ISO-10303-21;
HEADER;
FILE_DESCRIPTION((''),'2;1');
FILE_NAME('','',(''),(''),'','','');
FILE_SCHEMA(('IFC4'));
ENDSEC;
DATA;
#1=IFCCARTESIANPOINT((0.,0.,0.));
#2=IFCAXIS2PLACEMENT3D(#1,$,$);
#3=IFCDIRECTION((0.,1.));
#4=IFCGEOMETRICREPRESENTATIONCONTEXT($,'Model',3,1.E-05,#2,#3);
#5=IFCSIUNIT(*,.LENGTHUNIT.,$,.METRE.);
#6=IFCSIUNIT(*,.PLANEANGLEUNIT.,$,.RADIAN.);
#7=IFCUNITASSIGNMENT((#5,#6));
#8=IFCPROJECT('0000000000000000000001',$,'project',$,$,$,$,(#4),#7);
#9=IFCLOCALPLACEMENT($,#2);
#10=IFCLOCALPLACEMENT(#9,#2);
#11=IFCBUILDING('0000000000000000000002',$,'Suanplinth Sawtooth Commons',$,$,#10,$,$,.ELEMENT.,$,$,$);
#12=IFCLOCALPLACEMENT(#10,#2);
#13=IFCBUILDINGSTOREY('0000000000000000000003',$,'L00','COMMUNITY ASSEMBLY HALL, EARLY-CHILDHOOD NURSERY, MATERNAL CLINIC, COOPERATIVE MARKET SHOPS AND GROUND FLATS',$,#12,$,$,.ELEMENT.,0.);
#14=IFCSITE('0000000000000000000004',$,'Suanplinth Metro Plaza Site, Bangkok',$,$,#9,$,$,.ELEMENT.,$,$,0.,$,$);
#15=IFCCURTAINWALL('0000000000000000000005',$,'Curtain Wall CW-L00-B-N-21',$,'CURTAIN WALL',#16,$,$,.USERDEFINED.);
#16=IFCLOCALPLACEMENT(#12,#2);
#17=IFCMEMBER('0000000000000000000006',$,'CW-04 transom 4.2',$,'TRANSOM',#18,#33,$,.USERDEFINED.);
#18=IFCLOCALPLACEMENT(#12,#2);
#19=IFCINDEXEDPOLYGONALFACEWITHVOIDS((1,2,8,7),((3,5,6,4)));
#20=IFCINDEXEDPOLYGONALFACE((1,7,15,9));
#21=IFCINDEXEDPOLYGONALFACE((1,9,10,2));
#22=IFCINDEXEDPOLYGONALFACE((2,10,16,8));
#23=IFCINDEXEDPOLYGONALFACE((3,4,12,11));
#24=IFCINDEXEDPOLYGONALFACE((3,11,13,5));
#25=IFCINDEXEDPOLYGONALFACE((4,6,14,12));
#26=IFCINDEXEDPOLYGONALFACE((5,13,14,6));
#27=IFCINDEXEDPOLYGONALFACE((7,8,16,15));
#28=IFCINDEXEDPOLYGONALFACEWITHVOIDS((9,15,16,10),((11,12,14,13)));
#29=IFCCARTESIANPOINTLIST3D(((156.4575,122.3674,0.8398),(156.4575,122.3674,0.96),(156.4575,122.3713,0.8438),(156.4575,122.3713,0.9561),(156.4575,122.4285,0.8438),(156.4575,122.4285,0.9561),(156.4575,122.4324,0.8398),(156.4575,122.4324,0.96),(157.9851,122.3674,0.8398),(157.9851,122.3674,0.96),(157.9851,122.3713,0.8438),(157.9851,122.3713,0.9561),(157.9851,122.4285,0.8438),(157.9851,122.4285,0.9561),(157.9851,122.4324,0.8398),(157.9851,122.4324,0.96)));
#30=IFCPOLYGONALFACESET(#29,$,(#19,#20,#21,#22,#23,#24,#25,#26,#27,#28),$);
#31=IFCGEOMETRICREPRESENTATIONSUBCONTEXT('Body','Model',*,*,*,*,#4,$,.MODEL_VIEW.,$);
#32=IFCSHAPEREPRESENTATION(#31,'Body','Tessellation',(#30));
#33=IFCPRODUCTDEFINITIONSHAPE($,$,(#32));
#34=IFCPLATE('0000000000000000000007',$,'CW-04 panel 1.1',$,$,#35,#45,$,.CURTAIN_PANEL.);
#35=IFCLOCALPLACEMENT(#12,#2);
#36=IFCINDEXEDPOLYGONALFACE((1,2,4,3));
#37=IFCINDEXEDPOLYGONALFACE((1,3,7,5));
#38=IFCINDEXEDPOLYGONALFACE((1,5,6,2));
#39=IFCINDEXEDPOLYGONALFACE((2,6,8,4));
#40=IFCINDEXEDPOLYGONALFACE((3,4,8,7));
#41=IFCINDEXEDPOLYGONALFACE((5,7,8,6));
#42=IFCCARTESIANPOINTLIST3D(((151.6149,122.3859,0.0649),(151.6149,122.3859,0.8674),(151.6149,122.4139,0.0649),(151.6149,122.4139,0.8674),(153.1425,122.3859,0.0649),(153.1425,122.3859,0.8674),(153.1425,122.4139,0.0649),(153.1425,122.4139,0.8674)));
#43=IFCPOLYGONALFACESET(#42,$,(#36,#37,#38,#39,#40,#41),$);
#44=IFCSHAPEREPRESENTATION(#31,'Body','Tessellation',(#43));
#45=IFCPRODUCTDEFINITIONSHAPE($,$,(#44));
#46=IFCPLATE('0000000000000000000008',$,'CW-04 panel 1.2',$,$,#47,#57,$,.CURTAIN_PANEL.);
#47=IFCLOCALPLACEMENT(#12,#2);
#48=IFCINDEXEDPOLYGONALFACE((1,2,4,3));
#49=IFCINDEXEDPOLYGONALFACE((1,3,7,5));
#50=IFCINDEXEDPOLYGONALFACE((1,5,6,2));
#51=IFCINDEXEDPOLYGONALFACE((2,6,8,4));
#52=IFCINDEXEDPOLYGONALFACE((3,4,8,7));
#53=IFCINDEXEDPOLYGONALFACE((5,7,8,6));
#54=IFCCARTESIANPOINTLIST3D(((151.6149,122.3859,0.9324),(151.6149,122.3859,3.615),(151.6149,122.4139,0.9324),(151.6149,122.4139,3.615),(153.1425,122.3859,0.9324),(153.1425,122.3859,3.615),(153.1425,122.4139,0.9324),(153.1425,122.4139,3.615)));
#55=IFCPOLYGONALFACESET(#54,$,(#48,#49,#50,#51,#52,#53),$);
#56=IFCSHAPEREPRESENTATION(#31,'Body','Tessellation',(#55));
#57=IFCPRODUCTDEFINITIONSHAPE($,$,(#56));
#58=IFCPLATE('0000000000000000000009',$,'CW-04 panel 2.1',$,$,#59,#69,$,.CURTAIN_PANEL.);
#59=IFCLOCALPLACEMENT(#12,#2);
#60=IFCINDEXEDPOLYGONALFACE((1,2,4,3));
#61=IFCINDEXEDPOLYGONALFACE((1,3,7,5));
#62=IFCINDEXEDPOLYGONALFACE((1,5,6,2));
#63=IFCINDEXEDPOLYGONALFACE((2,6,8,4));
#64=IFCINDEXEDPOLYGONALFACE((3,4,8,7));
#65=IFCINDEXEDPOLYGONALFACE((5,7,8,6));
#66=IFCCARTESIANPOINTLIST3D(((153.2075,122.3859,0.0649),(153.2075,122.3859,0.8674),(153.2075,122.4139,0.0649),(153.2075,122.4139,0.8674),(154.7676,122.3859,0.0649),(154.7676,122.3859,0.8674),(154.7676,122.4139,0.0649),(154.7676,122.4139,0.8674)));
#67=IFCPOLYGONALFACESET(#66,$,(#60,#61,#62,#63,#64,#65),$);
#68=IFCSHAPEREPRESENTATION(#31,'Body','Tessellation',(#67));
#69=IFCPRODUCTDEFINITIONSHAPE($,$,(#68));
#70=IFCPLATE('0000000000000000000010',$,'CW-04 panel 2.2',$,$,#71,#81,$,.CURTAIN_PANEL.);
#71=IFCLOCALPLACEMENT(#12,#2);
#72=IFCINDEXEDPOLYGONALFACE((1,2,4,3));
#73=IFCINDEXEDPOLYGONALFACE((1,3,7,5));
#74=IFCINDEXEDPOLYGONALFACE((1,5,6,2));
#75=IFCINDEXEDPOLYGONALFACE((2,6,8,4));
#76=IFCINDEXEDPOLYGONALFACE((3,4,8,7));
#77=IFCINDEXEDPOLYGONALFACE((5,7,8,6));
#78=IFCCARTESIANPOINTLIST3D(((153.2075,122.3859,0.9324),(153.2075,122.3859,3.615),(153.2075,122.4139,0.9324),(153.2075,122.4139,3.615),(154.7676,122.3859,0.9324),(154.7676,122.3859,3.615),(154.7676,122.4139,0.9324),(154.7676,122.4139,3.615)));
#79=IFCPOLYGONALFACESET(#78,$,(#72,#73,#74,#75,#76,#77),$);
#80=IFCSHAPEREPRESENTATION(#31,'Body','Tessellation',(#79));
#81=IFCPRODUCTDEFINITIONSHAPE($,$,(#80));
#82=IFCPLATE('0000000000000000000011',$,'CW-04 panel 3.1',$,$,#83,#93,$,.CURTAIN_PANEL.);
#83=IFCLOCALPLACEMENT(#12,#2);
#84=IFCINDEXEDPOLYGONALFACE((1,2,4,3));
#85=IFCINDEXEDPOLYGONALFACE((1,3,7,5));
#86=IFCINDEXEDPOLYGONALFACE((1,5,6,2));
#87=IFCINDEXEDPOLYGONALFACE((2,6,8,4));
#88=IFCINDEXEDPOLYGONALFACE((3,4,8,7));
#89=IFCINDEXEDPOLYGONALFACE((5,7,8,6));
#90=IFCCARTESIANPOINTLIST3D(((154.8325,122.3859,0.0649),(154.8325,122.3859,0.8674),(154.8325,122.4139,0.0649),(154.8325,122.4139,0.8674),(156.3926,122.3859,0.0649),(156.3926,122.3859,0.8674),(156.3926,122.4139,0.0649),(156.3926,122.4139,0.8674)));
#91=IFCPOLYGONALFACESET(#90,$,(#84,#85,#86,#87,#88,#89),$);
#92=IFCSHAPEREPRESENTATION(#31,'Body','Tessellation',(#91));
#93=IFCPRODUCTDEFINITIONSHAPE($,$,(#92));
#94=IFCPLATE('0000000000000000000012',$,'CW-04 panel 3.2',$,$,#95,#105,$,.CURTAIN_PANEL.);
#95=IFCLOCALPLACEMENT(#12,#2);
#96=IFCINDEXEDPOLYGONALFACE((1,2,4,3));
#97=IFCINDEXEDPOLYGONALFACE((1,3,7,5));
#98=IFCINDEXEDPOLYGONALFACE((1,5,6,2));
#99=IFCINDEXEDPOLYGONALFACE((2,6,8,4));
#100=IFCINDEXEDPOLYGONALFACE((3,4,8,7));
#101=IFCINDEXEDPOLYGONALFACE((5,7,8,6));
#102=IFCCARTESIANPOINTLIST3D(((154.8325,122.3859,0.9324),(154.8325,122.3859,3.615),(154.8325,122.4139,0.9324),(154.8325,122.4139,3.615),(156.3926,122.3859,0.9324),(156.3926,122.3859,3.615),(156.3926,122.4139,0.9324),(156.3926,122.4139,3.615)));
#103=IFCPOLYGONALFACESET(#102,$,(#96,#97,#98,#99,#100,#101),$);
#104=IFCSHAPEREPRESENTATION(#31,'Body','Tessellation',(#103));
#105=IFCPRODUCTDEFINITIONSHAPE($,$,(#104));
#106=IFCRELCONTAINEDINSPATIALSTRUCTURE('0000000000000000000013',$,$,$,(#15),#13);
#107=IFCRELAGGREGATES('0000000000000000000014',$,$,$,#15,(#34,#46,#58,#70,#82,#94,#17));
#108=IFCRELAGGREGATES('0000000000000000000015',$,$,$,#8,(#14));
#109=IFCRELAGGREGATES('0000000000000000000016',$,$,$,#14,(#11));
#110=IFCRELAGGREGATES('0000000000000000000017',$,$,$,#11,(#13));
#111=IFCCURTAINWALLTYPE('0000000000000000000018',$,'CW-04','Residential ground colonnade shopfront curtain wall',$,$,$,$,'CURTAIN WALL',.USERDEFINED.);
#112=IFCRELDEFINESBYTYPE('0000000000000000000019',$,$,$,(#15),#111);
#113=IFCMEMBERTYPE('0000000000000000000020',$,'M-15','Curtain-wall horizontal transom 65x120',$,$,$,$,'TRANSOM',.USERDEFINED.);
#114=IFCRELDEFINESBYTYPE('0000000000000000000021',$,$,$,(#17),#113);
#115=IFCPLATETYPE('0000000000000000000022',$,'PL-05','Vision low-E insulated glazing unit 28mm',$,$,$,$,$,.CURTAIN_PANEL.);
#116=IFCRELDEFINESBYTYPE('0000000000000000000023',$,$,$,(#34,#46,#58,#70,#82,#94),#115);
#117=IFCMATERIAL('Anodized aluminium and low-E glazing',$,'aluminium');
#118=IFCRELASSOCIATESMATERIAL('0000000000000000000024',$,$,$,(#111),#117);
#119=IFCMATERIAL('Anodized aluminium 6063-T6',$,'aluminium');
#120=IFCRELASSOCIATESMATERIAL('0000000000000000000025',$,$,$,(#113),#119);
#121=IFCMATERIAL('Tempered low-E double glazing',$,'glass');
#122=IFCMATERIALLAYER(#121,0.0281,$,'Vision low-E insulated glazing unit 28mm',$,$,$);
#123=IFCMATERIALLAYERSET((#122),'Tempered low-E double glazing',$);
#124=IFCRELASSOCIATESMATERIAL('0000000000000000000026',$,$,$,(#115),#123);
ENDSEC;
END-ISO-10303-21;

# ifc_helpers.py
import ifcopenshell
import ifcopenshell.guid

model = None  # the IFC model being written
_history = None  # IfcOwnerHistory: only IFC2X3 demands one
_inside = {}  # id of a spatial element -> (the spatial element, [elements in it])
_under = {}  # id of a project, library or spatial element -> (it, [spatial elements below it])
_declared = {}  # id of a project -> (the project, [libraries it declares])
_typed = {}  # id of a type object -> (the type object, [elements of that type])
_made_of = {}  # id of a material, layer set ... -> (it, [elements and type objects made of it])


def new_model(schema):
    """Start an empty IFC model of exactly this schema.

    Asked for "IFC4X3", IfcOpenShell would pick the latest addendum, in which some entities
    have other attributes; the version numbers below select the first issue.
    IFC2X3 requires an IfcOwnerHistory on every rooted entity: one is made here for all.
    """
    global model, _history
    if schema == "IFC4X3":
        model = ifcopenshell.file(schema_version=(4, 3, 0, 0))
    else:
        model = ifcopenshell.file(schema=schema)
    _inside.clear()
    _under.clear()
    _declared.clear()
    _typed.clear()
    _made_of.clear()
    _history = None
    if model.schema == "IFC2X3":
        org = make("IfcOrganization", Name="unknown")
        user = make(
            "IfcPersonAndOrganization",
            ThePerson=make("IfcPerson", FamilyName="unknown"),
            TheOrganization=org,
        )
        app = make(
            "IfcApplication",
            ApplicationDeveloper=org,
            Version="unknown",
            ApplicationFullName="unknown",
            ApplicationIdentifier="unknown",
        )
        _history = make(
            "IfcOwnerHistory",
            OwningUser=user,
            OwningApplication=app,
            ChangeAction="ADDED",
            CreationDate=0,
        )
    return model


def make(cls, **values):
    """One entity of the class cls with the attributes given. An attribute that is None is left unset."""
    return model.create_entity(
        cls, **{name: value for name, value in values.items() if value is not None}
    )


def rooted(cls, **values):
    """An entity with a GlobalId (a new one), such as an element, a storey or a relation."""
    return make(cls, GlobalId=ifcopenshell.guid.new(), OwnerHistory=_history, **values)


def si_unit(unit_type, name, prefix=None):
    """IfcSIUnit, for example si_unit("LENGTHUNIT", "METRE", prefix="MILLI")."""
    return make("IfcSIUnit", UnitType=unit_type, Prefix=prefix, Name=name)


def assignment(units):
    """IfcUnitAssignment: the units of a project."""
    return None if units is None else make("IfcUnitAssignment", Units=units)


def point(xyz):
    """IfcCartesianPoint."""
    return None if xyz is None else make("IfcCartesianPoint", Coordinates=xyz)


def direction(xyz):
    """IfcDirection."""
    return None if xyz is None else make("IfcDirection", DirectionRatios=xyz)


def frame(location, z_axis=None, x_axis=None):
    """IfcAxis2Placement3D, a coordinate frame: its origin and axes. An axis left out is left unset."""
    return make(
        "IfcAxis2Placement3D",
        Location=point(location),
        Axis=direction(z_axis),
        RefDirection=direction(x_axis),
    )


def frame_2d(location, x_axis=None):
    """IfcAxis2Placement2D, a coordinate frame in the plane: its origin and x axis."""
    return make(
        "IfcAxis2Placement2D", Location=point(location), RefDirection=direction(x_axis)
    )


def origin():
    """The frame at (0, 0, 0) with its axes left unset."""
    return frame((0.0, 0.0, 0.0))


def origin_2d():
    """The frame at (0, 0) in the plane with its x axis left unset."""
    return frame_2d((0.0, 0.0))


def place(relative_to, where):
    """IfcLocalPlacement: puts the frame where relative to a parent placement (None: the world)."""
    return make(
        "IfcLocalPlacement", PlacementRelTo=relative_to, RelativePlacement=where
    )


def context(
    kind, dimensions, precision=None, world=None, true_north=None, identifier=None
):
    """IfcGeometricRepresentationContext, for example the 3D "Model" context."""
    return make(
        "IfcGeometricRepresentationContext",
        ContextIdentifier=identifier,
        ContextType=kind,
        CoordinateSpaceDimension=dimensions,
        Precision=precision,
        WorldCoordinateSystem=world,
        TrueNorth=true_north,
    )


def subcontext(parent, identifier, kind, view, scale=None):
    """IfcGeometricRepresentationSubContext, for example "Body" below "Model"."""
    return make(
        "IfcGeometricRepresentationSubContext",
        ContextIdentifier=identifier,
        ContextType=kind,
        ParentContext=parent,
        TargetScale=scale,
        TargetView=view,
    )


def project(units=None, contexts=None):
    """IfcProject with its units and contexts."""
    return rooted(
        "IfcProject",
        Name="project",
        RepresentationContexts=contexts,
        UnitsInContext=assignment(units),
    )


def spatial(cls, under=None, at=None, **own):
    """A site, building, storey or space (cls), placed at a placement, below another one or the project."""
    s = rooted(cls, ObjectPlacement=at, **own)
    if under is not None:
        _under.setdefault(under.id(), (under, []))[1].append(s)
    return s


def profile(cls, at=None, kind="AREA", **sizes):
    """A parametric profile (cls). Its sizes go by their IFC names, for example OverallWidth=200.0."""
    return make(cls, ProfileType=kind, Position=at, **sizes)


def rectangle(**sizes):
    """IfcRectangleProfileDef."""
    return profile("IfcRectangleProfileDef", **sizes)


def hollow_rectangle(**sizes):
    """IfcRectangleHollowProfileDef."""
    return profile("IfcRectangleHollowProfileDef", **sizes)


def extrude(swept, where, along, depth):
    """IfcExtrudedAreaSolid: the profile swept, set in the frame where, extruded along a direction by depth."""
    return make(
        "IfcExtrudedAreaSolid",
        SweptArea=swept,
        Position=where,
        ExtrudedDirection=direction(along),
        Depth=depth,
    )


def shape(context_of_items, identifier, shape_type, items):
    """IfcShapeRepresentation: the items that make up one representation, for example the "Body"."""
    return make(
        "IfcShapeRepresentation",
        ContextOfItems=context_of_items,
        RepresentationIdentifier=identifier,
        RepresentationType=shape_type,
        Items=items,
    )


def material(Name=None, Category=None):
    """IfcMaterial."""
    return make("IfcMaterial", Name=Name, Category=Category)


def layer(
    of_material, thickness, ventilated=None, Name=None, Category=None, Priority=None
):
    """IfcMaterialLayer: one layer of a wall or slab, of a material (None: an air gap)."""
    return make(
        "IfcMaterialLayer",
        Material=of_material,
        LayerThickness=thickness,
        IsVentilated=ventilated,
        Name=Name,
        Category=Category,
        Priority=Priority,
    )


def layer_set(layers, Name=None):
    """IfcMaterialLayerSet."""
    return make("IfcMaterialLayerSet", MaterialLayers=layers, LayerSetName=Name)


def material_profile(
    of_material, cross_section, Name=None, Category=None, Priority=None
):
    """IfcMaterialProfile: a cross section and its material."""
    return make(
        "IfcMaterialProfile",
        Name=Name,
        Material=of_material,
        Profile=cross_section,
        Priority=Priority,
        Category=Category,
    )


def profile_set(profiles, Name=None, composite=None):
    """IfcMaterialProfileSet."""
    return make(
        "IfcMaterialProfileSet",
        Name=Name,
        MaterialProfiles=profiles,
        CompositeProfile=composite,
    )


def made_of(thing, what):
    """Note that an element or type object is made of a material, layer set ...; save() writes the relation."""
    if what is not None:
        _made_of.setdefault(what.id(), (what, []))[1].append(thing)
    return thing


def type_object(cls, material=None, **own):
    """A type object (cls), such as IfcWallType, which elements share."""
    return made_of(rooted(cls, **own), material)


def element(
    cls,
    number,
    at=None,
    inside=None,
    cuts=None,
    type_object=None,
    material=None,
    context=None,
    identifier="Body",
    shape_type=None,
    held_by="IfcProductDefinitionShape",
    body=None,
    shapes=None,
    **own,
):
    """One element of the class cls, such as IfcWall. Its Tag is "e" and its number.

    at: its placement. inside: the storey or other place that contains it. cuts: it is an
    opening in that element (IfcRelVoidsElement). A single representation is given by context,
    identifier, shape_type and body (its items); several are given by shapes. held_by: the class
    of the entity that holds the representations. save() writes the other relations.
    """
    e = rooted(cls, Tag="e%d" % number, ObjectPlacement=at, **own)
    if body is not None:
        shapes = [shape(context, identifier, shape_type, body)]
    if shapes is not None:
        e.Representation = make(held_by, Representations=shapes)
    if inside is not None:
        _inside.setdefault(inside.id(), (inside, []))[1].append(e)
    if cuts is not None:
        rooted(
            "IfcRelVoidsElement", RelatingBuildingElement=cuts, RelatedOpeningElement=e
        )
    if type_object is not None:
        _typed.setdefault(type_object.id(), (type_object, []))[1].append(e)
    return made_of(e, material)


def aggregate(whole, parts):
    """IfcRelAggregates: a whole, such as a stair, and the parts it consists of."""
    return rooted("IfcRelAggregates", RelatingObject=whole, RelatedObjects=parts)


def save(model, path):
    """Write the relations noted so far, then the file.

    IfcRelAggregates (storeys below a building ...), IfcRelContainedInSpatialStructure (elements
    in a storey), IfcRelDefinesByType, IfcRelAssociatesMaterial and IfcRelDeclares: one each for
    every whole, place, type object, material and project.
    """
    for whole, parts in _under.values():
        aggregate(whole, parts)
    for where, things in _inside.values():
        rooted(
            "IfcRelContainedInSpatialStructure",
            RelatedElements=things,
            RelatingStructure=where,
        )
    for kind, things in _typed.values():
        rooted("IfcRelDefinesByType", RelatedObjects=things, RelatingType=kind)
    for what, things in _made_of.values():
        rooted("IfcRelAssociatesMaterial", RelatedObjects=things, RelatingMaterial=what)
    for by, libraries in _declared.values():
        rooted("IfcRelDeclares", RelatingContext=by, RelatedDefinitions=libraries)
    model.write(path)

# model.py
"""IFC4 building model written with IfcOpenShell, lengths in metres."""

from ifc_helpers import new_model, si_unit, direction, frame, origin, origin_2d, place, context, subcontext, project, spatial, rectangle, hollow_rectangle, extrude, material, layer, layer_set, material_profile, profile_set, type_object, element, aggregate, save


model = new_model("IFC4")

# Units and contexts
model_context = context("Model", 3, precision=1e-05, world=origin(), true_north=direction((0.0, 1.0)))
body_context = subcontext(model_context, "Body", "Model", "MODEL_VIEW")
ifc_project = project(units=[si_unit("LENGTHUNIT", "METRE"), si_unit("PLANEANGLEUNIT", "RADIAN")], contexts=[model_context])

# Site, building, storey
site_placement = place(None, origin())
site = spatial("IfcSite", under=ifc_project, at=site_placement, Name="Suanplinth Metro Plaza Site, Bangkok", CompositionType="ELEMENT", RefElevation=0.0)
building_placement = place(site_placement, origin())
building = spatial("IfcBuilding", under=site, at=building_placement, Name="Suanplinth Sawtooth Commons", CompositionType="ELEMENT")
storey_placement = place(building_placement, origin())
storey = spatial("IfcBuildingStorey", under=building, at=storey_placement, Name="L00", Description="COMMUNITY ASSEMBLY HALL, EARLY-CHILDHOOD NURSERY, MATERNAL CLINIC, COOPERATIVE MARKET SHOPS AND GROUND FLATS", CompositionType="ELEMENT", Elevation=0.0)

# Curtain wall, member, plates
ifc_material_1 = material(Name="Anodized aluminium and low-E glazing", Category="aluminium")
curtain_wall_type = type_object("IfcCurtainWallType", Name="CW-04", Description="Residential ground colonnade shopfront curtain wall", ElementType="CURTAIN WALL", PredefinedType="USERDEFINED", material=ifc_material_1)
curtain_wall_placement = place(storey_placement, origin())
curtain_wall = element("IfcCurtainWall", 1, at=curtain_wall_placement, inside=storey, type_object=curtain_wall_type, Name="Curtain Wall CW-L00-B-N-21", ObjectType="CURTAIN WALL", PredefinedType="USERDEFINED")
ifc_material_2 = material(Name="Anodized aluminium 6063-T6", Category="aluminium")
ifc_material_profile_1 = material_profile(ifc_material_2, hollow_rectangle(XDim=0.0649, YDim=0.1201, WallThickness=0.0039, at=origin_2d()), Name="ALU-TRN 65x120")
ifc_profile_set_1 = profile_set([ifc_material_profile_1], Name="Anodized aluminium 6063-T6")
member_type_1 = type_object("IfcMemberType", Name="M-15", Description="Curtain-wall horizontal transom 65x120", ElementType="TRANSOM", PredefinedType="USERDEFINED", material=ifc_profile_set_1)
member_1_placement = place(storey_placement, frame((156.4575, 122.3999, 0.8999), z_axis=(1.0, 0.0, 0.0), x_axis=(0.0, 1.0, 0.0)))
member_1 = element("IfcMember", 2, at=member_1_placement, type_object=member_type_1, Name="CW-04 transom 4.2", ObjectType="TRANSOM", PredefinedType="USERDEFINED", context=body_context, shape_type="SweptSolid", body=[
    extrude(hollow_rectangle(XDim=0.0649, YDim=0.1201, WallThickness=0.0039, at=origin_2d()), origin(), (0.0, 0.0, 1.0), 1.5276),
])
ifc_material_3 = material(Name="Tempered low-E double glazing", Category="glass")
ifc_layer = layer(ifc_material_3, 0.0281, Name="Vision low-E insulated glazing unit 28mm")
ifc_layer_set = layer_set([ifc_layer], Name="Tempered low-E double glazing")
plate_type = type_object("IfcPlateType", Name="PL-05", Description="Vision low-E insulated glazing unit 28mm", PredefinedType="CURTAIN_PANEL", material=ifc_layer_set)
plate_1_placement = place(storey_placement, frame((152.3787, 122.3999, 0.0649), z_axis=(0.0, 0.0, 1.0), x_axis=(1.0, 0.0, 0.0)))
plate_1 = element("IfcPlate", 3, at=plate_1_placement, type_object=plate_type, Name="CW-04 panel 1.1", PredefinedType="CURTAIN_PANEL", context=body_context, shape_type="SweptSolid", body=[
    extrude(rectangle(XDim=1.5276, YDim=0.0281, at=origin_2d()), origin(), (0.0, 0.0, 1.0), 0.8025),
])
plate_2_placement = place(storey_placement, frame((152.3787, 122.3999, 0.9324), z_axis=(0.0, 0.0, 1.0), x_axis=(1.0, 0.0, 0.0)))
plate_2 = element("IfcPlate", 4, at=plate_2_placement, type_object=plate_type, Name="CW-04 panel 1.2", PredefinedType="CURTAIN_PANEL", context=body_context, shape_type="SweptSolid", body=[
    extrude(rectangle(XDim=1.5276, YDim=0.0281, at=origin_2d()), origin(), (0.0, 0.0, 1.0), 2.6826),
])
plate_3_placement = place(storey_placement, frame((153.9875, 122.3999, 0.0649), z_axis=(0.0, 0.0, 1.0), x_axis=(1.0, 0.0, 0.0)))
plate_3 = element("IfcPlate", 5, at=plate_3_placement, type_object=plate_type, Name="CW-04 panel 2.1", PredefinedType="CURTAIN_PANEL", context=body_context, shape_type="SweptSolid", body=[
    extrude(rectangle(XDim=1.5601, YDim=0.0281, at=origin_2d()), origin(), (0.0, 0.0, 1.0), 0.8025),
])
plate_4_placement = place(storey_placement, frame((153.9875, 122.3999, 0.9324), z_axis=(0.0, 0.0, 1.0), x_axis=(1.0, 0.0, 0.0)))
plate_4 = element("IfcPlate", 6, at=plate_4_placement, type_object=plate_type, Name="CW-04 panel 2.2", PredefinedType="CURTAIN_PANEL", context=body_context, shape_type="SweptSolid", body=[
    extrude(rectangle(XDim=1.5601, YDim=0.0281, at=origin_2d()), origin(), (0.0, 0.0, 1.0), 2.6826),
])
plate_5_placement = place(storey_placement, frame((155.6125, 122.3999, 0.0649), z_axis=(0.0, 0.0, 1.0), x_axis=(1.0, 0.0, 0.0)))
plate_5 = element("IfcPlate", 7, at=plate_5_placement, type_object=plate_type, Name="CW-04 panel 3.1", PredefinedType="CURTAIN_PANEL", context=body_context, shape_type="SweptSolid", body=[
    extrude(rectangle(XDim=1.5601, YDim=0.0281, at=origin_2d()), origin(), (0.0, 0.0, 1.0), 0.8025),
])
plate_6_placement = place(storey_placement, frame((155.6125, 122.3999, 0.9324), z_axis=(0.0, 0.0, 1.0), x_axis=(1.0, 0.0, 0.0)))
plate_6 = element("IfcPlate", 8, at=plate_6_placement, type_object=plate_type, Name="CW-04 panel 3.2", PredefinedType="CURTAIN_PANEL", context=body_context, shape_type="SweptSolid", body=[
    extrude(rectangle(XDim=1.5601, YDim=0.0281, at=origin_2d()), origin(), (0.0, 0.0, 1.0), 2.6826),
])
aggregate(curtain_wall, [plate_1, plate_2, plate_3, plate_4, plate_5, plate_6, member_1])

save(model, "model.ifc")
